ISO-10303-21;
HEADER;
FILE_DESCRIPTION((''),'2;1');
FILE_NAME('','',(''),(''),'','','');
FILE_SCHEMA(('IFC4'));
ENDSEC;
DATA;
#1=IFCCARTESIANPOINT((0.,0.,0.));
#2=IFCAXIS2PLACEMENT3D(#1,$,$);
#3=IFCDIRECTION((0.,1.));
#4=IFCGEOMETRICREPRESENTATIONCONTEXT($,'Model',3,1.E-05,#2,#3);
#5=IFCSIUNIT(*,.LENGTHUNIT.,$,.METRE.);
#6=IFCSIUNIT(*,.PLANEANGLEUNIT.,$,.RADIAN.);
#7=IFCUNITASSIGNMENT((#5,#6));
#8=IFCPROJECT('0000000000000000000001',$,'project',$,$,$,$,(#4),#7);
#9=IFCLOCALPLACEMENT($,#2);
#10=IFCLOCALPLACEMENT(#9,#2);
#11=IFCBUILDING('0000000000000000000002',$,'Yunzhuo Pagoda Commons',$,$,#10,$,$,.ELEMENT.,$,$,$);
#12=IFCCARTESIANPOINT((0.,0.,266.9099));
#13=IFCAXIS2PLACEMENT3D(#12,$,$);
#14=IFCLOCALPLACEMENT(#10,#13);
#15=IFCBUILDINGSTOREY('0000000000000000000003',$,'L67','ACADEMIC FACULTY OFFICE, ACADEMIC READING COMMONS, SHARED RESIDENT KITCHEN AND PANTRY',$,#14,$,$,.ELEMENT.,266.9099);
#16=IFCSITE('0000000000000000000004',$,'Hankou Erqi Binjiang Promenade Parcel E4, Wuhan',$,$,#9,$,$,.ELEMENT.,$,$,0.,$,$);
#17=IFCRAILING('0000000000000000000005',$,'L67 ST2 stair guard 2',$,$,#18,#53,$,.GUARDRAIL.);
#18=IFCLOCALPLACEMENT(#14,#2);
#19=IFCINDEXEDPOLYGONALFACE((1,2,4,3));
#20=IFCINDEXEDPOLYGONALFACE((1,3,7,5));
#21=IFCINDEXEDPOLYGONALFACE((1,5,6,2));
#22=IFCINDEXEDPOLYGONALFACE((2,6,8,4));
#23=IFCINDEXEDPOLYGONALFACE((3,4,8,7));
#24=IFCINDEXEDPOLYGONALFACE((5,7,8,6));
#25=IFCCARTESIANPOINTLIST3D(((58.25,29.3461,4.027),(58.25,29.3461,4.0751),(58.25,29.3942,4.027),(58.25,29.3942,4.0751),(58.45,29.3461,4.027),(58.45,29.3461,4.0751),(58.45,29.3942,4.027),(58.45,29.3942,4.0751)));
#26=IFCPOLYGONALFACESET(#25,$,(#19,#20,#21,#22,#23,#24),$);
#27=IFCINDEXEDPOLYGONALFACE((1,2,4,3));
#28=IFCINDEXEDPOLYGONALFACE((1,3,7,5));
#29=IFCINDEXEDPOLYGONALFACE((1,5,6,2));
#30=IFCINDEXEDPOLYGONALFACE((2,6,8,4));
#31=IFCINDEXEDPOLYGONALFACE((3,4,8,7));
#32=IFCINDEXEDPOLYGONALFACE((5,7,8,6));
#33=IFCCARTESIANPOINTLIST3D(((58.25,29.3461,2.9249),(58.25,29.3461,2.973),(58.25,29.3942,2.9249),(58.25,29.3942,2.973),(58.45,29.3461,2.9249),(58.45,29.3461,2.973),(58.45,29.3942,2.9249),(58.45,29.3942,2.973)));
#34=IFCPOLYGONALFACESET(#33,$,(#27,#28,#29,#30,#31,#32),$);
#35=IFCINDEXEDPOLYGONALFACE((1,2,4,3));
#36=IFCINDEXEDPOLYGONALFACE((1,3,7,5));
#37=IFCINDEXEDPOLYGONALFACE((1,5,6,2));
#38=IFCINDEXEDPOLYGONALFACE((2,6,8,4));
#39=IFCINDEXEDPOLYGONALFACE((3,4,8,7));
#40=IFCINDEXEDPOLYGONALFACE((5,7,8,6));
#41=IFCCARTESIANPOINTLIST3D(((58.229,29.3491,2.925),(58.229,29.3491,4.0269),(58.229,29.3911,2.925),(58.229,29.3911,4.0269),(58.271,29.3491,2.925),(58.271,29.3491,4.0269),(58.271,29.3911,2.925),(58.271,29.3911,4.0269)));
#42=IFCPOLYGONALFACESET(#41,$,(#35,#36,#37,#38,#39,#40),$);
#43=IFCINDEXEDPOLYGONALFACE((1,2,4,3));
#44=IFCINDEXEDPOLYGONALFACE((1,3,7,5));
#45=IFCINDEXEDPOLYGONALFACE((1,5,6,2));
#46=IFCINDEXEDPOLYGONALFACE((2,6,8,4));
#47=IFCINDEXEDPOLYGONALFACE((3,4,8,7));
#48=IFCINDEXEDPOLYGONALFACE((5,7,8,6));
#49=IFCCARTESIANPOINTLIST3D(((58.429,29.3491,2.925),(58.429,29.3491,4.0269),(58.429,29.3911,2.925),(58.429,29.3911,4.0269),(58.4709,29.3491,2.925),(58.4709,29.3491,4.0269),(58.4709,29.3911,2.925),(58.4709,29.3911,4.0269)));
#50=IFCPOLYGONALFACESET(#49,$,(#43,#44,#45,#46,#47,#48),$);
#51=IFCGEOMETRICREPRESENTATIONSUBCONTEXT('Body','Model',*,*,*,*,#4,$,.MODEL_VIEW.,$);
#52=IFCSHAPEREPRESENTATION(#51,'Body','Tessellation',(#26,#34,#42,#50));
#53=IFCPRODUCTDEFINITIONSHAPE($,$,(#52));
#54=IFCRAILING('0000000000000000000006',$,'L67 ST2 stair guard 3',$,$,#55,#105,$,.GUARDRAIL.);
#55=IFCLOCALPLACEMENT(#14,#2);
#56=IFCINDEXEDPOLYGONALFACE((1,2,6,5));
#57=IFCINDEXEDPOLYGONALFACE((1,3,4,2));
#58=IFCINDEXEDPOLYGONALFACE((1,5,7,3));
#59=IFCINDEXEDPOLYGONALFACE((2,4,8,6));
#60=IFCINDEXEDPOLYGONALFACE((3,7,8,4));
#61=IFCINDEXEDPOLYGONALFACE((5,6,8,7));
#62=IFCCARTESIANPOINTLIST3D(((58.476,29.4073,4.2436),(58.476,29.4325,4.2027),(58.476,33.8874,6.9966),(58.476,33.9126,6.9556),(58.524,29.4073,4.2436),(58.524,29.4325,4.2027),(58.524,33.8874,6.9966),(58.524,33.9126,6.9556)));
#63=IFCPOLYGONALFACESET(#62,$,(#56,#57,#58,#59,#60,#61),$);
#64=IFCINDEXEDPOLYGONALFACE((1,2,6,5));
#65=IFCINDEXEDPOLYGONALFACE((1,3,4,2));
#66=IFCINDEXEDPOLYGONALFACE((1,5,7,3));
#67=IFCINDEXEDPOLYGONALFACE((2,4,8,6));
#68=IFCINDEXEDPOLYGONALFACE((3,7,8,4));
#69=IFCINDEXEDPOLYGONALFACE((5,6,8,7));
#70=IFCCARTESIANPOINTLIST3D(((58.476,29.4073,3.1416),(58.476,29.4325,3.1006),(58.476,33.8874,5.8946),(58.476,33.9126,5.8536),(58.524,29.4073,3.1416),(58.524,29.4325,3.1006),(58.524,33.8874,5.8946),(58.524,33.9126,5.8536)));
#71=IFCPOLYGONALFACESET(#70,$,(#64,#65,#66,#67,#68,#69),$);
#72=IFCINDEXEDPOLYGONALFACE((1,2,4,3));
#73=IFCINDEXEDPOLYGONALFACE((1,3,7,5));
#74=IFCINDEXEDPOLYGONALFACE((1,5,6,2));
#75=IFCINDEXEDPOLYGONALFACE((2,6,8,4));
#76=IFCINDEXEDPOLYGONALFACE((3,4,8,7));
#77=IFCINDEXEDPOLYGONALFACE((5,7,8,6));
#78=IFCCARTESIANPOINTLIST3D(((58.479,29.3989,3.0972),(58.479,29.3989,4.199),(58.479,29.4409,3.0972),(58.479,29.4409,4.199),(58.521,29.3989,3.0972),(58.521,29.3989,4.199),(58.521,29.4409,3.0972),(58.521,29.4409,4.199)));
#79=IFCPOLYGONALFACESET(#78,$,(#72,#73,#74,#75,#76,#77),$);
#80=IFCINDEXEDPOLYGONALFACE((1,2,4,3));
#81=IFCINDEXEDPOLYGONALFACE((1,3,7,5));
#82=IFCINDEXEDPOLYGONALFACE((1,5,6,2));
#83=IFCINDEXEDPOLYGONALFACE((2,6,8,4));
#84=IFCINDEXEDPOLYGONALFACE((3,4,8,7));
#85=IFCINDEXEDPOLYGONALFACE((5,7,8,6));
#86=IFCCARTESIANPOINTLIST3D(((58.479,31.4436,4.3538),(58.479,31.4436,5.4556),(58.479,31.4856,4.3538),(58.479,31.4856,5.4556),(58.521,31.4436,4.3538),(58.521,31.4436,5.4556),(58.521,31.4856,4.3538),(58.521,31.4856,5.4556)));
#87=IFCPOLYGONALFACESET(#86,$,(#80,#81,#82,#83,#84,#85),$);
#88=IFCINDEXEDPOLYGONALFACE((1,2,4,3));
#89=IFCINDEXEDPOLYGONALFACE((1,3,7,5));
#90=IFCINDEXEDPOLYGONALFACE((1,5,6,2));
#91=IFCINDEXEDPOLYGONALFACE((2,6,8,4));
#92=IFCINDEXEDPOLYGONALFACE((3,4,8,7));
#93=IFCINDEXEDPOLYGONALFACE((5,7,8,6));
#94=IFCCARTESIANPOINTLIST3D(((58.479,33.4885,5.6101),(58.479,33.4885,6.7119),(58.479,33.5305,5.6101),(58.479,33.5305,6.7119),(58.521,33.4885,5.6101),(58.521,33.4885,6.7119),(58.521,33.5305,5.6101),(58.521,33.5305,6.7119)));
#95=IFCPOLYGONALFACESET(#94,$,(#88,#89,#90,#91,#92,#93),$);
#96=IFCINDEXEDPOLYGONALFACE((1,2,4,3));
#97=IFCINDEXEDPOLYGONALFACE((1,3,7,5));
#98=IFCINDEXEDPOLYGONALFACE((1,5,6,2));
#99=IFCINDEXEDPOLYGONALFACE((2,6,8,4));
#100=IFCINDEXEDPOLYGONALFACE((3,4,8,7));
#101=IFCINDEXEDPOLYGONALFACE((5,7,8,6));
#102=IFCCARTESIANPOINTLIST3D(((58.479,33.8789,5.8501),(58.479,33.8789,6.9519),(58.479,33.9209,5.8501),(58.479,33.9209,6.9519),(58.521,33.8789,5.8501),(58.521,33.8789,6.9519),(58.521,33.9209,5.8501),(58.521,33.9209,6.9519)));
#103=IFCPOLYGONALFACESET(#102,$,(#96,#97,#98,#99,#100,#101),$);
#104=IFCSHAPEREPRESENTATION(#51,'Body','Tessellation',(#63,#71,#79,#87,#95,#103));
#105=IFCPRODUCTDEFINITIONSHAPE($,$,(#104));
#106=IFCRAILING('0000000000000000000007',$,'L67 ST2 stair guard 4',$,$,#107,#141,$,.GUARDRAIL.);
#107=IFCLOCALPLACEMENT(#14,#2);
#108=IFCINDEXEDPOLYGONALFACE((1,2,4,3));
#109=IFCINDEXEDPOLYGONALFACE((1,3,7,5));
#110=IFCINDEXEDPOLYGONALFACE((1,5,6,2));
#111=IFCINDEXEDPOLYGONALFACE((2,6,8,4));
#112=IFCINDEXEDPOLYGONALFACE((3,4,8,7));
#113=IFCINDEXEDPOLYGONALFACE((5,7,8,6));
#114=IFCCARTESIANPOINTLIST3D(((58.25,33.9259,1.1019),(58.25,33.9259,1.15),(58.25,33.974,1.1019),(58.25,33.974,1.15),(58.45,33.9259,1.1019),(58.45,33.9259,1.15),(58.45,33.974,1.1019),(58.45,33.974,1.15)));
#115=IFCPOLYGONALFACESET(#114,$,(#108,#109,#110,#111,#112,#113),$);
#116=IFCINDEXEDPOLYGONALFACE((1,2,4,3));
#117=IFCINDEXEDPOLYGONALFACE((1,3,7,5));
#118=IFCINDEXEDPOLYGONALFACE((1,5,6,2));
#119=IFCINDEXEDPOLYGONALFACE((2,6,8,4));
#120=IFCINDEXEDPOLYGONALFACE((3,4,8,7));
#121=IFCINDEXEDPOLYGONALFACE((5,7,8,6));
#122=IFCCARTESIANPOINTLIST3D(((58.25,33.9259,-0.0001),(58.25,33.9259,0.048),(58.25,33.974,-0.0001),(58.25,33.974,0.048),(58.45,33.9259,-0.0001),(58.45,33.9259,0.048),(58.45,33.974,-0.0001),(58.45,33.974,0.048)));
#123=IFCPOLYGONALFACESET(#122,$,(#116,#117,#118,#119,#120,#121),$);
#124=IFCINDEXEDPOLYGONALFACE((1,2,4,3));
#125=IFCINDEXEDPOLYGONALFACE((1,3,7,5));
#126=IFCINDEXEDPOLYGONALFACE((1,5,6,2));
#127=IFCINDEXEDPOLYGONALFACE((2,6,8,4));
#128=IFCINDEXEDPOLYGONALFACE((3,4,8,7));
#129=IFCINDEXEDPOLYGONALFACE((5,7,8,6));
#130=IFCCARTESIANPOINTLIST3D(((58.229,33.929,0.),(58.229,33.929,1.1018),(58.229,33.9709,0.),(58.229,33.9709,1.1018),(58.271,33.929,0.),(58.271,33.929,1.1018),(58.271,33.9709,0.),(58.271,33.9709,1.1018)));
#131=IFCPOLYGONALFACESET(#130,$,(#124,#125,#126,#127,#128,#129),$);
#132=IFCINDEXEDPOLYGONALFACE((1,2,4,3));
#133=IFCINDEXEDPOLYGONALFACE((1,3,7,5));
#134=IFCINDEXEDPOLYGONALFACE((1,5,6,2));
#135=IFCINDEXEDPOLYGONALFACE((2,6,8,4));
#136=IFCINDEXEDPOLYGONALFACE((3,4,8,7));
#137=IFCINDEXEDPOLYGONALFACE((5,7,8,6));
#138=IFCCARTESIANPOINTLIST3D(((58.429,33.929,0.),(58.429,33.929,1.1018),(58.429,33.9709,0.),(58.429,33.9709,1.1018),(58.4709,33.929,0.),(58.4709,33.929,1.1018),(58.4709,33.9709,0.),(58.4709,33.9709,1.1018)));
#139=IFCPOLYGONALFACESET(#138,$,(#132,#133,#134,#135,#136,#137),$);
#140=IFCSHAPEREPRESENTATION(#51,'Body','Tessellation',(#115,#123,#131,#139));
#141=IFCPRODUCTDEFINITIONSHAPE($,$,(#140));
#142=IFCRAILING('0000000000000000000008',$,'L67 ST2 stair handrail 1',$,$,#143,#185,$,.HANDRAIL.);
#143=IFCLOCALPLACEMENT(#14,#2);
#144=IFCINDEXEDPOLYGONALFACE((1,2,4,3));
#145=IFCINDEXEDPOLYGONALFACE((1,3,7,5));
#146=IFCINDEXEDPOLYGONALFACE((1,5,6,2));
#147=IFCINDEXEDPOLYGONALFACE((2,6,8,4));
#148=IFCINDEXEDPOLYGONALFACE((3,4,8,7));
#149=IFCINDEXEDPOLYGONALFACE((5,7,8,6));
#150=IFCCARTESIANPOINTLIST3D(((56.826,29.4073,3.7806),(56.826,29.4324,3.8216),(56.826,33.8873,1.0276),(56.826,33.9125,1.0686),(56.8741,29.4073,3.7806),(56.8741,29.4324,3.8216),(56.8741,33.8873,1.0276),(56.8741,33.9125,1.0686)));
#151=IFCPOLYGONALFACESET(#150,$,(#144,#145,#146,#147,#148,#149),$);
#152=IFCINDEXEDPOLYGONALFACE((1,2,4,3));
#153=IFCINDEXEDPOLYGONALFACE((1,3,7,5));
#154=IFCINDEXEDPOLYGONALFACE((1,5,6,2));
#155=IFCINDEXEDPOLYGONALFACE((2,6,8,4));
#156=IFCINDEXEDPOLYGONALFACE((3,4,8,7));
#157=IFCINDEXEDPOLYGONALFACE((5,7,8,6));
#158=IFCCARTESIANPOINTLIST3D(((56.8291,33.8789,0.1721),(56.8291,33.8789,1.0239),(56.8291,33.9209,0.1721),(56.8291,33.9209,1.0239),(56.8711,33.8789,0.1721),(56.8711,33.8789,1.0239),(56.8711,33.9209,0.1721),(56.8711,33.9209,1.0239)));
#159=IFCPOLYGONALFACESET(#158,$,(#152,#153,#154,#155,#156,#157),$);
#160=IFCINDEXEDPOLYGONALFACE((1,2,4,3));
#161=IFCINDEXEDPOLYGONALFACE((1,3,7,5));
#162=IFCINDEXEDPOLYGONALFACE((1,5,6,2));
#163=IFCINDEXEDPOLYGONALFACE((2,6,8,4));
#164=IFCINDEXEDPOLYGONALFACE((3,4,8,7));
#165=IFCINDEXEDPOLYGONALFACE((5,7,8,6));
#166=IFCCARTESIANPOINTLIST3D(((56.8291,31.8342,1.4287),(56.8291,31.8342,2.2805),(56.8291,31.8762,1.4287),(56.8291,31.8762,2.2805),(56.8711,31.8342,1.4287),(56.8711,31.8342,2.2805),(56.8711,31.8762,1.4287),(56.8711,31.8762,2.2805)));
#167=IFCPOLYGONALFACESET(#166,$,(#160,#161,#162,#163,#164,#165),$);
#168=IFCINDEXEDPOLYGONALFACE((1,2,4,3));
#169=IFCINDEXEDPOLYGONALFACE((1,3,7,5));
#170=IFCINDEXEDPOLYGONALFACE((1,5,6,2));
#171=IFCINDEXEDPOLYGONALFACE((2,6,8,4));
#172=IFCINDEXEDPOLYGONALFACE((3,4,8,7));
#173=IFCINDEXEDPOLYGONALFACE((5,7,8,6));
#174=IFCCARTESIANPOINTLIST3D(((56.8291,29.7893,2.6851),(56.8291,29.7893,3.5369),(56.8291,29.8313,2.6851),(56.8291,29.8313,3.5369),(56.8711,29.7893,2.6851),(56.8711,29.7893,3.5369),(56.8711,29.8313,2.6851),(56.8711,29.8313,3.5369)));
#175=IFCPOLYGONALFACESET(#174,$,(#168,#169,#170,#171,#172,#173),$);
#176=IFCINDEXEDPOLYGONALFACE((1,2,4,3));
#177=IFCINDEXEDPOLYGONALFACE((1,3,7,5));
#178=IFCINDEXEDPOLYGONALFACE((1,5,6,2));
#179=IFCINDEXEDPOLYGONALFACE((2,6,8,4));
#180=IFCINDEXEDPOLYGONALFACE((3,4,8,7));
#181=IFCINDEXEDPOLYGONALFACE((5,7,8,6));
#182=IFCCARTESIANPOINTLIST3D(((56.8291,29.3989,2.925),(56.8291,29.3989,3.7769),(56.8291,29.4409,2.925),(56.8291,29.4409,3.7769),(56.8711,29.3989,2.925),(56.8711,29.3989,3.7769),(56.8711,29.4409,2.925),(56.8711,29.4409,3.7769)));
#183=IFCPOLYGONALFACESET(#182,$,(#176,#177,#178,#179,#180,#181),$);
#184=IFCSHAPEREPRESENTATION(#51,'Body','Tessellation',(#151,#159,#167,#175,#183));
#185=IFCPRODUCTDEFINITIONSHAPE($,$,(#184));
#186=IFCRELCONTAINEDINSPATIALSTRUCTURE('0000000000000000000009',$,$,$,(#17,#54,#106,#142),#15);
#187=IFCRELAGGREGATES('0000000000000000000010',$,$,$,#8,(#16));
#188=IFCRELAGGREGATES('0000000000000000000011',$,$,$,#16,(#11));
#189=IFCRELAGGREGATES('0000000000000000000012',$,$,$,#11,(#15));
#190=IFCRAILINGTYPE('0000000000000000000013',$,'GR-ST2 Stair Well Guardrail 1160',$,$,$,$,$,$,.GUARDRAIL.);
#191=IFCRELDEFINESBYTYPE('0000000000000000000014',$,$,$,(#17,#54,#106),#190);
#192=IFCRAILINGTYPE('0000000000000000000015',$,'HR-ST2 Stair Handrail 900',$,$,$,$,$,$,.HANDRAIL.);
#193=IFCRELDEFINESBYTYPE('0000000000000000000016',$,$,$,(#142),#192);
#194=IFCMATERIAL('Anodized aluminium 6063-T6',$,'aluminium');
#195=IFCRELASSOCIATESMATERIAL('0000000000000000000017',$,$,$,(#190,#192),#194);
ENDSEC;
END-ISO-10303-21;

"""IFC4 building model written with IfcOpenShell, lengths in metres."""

from ifc_helpers import new_model, si_unit, direction, frame, origin, origin_2d, place, context, subcontext, project, spatial, rectangle, extrude, material, type_object, element, save


model = new_model("IFC4")

# Units and contexts
model_context = context("Model", 3, precision=1e-05, world=origin(), true_north=direction((0.0, 1.0)))
body_context = subcontext(model_context, "Body", "Model", "MODEL_VIEW")
ifc_project = project(units=[si_unit("LENGTHUNIT", "METRE"), si_unit("PLANEANGLEUNIT", "RADIAN")], contexts=[model_context])

# Site, building, storey
site_placement = place(None, origin())
site = spatial("IfcSite", under=ifc_project, at=site_placement, Name="Hankou Erqi Binjiang Promenade Parcel E4, Wuhan", CompositionType="ELEMENT", RefElevation=0.0)
building_placement = place(site_placement, origin())
building = spatial("IfcBuilding", under=site, at=building_placement, Name="Yunzhuo Pagoda Commons", CompositionType="ELEMENT")
storey_placement = place(building_placement, frame((0.0, 0.0, 266.9099)))
storey = spatial("IfcBuildingStorey", under=building, at=storey_placement, Name="L67", Description="ACADEMIC FACULTY OFFICE, ACADEMIC READING COMMONS, SHARED RESIDENT KITCHEN AND PANTRY", CompositionType="ELEMENT", Elevation=266.9099)

# Railings
ifc_material_1 = material(Name="Anodized aluminium 6063-T6", Category="aluminium")
railing_type_1 = type_object("IfcRailingType", Name="GR-ST2 Stair Well Guardrail 1160", PredefinedType="GUARDRAIL", material=ifc_material_1)
railing_1_placement = place(storey_placement, frame((58.25, 29.3701, 2.925)))
element("IfcRailing", 1, at=railing_1_placement, inside=storey, type_object=railing_type_1, Name="L67 ST2 stair guard 2", PredefinedType="GUARDRAIL", context=body_context, shape_type="SweptSolid", body=[
    extrude(rectangle(XDim=0.0481, YDim=0.0481, at=origin_2d()), frame((0.0, 0.0, 1.126), z_axis=(1.0, 0.0, 0.0), x_axis=(0.0, 1.0, 0.0)), (0.0, 0.0, 1.0), 0.2),
    extrude(rectangle(XDim=0.0481, YDim=0.0481, at=origin_2d()), frame((0.0, 0.0, 0.0239), z_axis=(1.0, 0.0, 0.0), x_axis=(0.0, 1.0, 0.0)), (0.0, 0.0, 1.0), 0.2),
    extrude(rectangle(XDim=0.042, YDim=0.042, at=origin_2d()), origin(), (0.0, 0.0, 1.0), 1.1018),
    extrude(rectangle(XDim=0.042, YDim=0.042, at=origin_2d()), frame((0.2, 0.0, 0.0)), (0.0, 0.0, 1.0), 1.1018),
])
railing_2_placement = place(storey_placement, frame((58.5, 29.4199, 3.0972)))
element("IfcRailing", 2, at=railing_2_placement, inside=storey, type_object=railing_type_1, Name="L67 ST2 stair guard 3", PredefinedType="GUARDRAIL", context=body_context, shape_type="SweptSolid", body=[
    extrude(rectangle(XDim=0.0481, YDim=0.0481, at=origin_2d()), frame((0.0, 0.0, 1.126), z_axis=(0.0, 0.851996, 0.523548), x_axis=(-1.0, 0.0, 0.0)), (0.0, 0.0, 1.0), 5.2583),
    extrude(rectangle(XDim=0.0481, YDim=0.0481, at=origin_2d()), frame((0.0, 0.0, 0.0239), z_axis=(0.0, 0.851996, 0.523548), x_axis=(-1.0, 0.0, 0.0)), (0.0, 0.0, 1.0), 5.2583),
    extrude(rectangle(XDim=0.042, YDim=0.042, at=origin_2d()), origin(), (0.0, 0.0, 1.0), 1.1018),
    extrude(rectangle(XDim=0.042, YDim=0.042, at=origin_2d()), frame((0.0, 2.0447, 1.2566)), (0.0, 0.0, 1.0), 1.1018),
    extrude(rectangle(XDim=0.042, YDim=0.042, at=origin_2d()), frame((0.0, 4.0896, 2.5129)), (0.0, 0.0, 1.0), 1.1018),
    extrude(rectangle(XDim=0.042, YDim=0.042, at=origin_2d()), frame((0.0, 4.48, 2.7529)), (0.0, 0.0, 1.0), 1.1018),
])
railing_3_placement = place(storey_placement, frame((58.25, 33.95, 0.0)))
element("IfcRailing", 3, at=railing_3_placement, inside=storey, type_object=railing_type_1, Name="L67 ST2 stair guard 4", PredefinedType="GUARDRAIL", context=body_context, shape_type="SweptSolid", body=[
    extrude(rectangle(XDim=0.0481, YDim=0.0481, at=origin_2d()), frame((0.0, 0.0, 1.126), z_axis=(1.0, 0.0, 0.0), x_axis=(0.0, 1.0, 0.0)), (0.0, 0.0, 1.0), 0.2),
    extrude(rectangle(XDim=0.0481, YDim=0.0481, at=origin_2d()), frame((0.0, 0.0, 0.0239), z_axis=(1.0, 0.0, 0.0), x_axis=(0.0, 1.0, 0.0)), (0.0, 0.0, 1.0), 0.2),
    extrude(rectangle(XDim=0.042, YDim=0.042, at=origin_2d()), origin(), (0.0, 0.0, 1.0), 1.1018),
    extrude(rectangle(XDim=0.042, YDim=0.042, at=origin_2d()), frame((0.2, 0.0, 0.0)), (0.0, 0.0, 1.0), 1.1018),
])
railing_type_2 = type_object("IfcRailingType", Name="HR-ST2 Stair Handrail 900", PredefinedType="HANDRAIL", material=ifc_material_1)
railing_4_placement = place(storey_placement, frame((56.8501, 33.8999, 0.1721)))
element("IfcRailing", 4, at=railing_4_placement, inside=storey, type_object=railing_type_2, Name="L67 ST2 stair handrail 1", PredefinedType="HANDRAIL", context=body_context, shape_type="SweptSolid", body=[
    extrude(rectangle(XDim=0.0481, YDim=0.0481, at=origin_2d()), frame((0.0, 0.0, 0.876), z_axis=(0.0, -0.851996, 0.523548), x_axis=(1.0, 0.0, 0.0)), (0.0, 0.0, 1.0), 5.2583),
    extrude(rectangle(XDim=0.042, YDim=0.042, at=origin_2d()), origin(), (0.0, 0.0, 1.0), 0.8518),
    extrude(rectangle(XDim=0.042, YDim=0.042, at=origin_2d()), frame((0.0, -2.0447, 1.2566)), (0.0, 0.0, 1.0), 0.8518),
    extrude(rectangle(XDim=0.042, YDim=0.042, at=origin_2d()), frame((0.0, -4.0896, 2.5129)), (0.0, 0.0, 1.0), 0.8518),
    extrude(rectangle(XDim=0.042, YDim=0.042, at=origin_2d()), frame((0.0, -4.48, 2.7529)), (0.0, 0.0, 1.0), 0.8518),
])

save(model, "model.ifc")
